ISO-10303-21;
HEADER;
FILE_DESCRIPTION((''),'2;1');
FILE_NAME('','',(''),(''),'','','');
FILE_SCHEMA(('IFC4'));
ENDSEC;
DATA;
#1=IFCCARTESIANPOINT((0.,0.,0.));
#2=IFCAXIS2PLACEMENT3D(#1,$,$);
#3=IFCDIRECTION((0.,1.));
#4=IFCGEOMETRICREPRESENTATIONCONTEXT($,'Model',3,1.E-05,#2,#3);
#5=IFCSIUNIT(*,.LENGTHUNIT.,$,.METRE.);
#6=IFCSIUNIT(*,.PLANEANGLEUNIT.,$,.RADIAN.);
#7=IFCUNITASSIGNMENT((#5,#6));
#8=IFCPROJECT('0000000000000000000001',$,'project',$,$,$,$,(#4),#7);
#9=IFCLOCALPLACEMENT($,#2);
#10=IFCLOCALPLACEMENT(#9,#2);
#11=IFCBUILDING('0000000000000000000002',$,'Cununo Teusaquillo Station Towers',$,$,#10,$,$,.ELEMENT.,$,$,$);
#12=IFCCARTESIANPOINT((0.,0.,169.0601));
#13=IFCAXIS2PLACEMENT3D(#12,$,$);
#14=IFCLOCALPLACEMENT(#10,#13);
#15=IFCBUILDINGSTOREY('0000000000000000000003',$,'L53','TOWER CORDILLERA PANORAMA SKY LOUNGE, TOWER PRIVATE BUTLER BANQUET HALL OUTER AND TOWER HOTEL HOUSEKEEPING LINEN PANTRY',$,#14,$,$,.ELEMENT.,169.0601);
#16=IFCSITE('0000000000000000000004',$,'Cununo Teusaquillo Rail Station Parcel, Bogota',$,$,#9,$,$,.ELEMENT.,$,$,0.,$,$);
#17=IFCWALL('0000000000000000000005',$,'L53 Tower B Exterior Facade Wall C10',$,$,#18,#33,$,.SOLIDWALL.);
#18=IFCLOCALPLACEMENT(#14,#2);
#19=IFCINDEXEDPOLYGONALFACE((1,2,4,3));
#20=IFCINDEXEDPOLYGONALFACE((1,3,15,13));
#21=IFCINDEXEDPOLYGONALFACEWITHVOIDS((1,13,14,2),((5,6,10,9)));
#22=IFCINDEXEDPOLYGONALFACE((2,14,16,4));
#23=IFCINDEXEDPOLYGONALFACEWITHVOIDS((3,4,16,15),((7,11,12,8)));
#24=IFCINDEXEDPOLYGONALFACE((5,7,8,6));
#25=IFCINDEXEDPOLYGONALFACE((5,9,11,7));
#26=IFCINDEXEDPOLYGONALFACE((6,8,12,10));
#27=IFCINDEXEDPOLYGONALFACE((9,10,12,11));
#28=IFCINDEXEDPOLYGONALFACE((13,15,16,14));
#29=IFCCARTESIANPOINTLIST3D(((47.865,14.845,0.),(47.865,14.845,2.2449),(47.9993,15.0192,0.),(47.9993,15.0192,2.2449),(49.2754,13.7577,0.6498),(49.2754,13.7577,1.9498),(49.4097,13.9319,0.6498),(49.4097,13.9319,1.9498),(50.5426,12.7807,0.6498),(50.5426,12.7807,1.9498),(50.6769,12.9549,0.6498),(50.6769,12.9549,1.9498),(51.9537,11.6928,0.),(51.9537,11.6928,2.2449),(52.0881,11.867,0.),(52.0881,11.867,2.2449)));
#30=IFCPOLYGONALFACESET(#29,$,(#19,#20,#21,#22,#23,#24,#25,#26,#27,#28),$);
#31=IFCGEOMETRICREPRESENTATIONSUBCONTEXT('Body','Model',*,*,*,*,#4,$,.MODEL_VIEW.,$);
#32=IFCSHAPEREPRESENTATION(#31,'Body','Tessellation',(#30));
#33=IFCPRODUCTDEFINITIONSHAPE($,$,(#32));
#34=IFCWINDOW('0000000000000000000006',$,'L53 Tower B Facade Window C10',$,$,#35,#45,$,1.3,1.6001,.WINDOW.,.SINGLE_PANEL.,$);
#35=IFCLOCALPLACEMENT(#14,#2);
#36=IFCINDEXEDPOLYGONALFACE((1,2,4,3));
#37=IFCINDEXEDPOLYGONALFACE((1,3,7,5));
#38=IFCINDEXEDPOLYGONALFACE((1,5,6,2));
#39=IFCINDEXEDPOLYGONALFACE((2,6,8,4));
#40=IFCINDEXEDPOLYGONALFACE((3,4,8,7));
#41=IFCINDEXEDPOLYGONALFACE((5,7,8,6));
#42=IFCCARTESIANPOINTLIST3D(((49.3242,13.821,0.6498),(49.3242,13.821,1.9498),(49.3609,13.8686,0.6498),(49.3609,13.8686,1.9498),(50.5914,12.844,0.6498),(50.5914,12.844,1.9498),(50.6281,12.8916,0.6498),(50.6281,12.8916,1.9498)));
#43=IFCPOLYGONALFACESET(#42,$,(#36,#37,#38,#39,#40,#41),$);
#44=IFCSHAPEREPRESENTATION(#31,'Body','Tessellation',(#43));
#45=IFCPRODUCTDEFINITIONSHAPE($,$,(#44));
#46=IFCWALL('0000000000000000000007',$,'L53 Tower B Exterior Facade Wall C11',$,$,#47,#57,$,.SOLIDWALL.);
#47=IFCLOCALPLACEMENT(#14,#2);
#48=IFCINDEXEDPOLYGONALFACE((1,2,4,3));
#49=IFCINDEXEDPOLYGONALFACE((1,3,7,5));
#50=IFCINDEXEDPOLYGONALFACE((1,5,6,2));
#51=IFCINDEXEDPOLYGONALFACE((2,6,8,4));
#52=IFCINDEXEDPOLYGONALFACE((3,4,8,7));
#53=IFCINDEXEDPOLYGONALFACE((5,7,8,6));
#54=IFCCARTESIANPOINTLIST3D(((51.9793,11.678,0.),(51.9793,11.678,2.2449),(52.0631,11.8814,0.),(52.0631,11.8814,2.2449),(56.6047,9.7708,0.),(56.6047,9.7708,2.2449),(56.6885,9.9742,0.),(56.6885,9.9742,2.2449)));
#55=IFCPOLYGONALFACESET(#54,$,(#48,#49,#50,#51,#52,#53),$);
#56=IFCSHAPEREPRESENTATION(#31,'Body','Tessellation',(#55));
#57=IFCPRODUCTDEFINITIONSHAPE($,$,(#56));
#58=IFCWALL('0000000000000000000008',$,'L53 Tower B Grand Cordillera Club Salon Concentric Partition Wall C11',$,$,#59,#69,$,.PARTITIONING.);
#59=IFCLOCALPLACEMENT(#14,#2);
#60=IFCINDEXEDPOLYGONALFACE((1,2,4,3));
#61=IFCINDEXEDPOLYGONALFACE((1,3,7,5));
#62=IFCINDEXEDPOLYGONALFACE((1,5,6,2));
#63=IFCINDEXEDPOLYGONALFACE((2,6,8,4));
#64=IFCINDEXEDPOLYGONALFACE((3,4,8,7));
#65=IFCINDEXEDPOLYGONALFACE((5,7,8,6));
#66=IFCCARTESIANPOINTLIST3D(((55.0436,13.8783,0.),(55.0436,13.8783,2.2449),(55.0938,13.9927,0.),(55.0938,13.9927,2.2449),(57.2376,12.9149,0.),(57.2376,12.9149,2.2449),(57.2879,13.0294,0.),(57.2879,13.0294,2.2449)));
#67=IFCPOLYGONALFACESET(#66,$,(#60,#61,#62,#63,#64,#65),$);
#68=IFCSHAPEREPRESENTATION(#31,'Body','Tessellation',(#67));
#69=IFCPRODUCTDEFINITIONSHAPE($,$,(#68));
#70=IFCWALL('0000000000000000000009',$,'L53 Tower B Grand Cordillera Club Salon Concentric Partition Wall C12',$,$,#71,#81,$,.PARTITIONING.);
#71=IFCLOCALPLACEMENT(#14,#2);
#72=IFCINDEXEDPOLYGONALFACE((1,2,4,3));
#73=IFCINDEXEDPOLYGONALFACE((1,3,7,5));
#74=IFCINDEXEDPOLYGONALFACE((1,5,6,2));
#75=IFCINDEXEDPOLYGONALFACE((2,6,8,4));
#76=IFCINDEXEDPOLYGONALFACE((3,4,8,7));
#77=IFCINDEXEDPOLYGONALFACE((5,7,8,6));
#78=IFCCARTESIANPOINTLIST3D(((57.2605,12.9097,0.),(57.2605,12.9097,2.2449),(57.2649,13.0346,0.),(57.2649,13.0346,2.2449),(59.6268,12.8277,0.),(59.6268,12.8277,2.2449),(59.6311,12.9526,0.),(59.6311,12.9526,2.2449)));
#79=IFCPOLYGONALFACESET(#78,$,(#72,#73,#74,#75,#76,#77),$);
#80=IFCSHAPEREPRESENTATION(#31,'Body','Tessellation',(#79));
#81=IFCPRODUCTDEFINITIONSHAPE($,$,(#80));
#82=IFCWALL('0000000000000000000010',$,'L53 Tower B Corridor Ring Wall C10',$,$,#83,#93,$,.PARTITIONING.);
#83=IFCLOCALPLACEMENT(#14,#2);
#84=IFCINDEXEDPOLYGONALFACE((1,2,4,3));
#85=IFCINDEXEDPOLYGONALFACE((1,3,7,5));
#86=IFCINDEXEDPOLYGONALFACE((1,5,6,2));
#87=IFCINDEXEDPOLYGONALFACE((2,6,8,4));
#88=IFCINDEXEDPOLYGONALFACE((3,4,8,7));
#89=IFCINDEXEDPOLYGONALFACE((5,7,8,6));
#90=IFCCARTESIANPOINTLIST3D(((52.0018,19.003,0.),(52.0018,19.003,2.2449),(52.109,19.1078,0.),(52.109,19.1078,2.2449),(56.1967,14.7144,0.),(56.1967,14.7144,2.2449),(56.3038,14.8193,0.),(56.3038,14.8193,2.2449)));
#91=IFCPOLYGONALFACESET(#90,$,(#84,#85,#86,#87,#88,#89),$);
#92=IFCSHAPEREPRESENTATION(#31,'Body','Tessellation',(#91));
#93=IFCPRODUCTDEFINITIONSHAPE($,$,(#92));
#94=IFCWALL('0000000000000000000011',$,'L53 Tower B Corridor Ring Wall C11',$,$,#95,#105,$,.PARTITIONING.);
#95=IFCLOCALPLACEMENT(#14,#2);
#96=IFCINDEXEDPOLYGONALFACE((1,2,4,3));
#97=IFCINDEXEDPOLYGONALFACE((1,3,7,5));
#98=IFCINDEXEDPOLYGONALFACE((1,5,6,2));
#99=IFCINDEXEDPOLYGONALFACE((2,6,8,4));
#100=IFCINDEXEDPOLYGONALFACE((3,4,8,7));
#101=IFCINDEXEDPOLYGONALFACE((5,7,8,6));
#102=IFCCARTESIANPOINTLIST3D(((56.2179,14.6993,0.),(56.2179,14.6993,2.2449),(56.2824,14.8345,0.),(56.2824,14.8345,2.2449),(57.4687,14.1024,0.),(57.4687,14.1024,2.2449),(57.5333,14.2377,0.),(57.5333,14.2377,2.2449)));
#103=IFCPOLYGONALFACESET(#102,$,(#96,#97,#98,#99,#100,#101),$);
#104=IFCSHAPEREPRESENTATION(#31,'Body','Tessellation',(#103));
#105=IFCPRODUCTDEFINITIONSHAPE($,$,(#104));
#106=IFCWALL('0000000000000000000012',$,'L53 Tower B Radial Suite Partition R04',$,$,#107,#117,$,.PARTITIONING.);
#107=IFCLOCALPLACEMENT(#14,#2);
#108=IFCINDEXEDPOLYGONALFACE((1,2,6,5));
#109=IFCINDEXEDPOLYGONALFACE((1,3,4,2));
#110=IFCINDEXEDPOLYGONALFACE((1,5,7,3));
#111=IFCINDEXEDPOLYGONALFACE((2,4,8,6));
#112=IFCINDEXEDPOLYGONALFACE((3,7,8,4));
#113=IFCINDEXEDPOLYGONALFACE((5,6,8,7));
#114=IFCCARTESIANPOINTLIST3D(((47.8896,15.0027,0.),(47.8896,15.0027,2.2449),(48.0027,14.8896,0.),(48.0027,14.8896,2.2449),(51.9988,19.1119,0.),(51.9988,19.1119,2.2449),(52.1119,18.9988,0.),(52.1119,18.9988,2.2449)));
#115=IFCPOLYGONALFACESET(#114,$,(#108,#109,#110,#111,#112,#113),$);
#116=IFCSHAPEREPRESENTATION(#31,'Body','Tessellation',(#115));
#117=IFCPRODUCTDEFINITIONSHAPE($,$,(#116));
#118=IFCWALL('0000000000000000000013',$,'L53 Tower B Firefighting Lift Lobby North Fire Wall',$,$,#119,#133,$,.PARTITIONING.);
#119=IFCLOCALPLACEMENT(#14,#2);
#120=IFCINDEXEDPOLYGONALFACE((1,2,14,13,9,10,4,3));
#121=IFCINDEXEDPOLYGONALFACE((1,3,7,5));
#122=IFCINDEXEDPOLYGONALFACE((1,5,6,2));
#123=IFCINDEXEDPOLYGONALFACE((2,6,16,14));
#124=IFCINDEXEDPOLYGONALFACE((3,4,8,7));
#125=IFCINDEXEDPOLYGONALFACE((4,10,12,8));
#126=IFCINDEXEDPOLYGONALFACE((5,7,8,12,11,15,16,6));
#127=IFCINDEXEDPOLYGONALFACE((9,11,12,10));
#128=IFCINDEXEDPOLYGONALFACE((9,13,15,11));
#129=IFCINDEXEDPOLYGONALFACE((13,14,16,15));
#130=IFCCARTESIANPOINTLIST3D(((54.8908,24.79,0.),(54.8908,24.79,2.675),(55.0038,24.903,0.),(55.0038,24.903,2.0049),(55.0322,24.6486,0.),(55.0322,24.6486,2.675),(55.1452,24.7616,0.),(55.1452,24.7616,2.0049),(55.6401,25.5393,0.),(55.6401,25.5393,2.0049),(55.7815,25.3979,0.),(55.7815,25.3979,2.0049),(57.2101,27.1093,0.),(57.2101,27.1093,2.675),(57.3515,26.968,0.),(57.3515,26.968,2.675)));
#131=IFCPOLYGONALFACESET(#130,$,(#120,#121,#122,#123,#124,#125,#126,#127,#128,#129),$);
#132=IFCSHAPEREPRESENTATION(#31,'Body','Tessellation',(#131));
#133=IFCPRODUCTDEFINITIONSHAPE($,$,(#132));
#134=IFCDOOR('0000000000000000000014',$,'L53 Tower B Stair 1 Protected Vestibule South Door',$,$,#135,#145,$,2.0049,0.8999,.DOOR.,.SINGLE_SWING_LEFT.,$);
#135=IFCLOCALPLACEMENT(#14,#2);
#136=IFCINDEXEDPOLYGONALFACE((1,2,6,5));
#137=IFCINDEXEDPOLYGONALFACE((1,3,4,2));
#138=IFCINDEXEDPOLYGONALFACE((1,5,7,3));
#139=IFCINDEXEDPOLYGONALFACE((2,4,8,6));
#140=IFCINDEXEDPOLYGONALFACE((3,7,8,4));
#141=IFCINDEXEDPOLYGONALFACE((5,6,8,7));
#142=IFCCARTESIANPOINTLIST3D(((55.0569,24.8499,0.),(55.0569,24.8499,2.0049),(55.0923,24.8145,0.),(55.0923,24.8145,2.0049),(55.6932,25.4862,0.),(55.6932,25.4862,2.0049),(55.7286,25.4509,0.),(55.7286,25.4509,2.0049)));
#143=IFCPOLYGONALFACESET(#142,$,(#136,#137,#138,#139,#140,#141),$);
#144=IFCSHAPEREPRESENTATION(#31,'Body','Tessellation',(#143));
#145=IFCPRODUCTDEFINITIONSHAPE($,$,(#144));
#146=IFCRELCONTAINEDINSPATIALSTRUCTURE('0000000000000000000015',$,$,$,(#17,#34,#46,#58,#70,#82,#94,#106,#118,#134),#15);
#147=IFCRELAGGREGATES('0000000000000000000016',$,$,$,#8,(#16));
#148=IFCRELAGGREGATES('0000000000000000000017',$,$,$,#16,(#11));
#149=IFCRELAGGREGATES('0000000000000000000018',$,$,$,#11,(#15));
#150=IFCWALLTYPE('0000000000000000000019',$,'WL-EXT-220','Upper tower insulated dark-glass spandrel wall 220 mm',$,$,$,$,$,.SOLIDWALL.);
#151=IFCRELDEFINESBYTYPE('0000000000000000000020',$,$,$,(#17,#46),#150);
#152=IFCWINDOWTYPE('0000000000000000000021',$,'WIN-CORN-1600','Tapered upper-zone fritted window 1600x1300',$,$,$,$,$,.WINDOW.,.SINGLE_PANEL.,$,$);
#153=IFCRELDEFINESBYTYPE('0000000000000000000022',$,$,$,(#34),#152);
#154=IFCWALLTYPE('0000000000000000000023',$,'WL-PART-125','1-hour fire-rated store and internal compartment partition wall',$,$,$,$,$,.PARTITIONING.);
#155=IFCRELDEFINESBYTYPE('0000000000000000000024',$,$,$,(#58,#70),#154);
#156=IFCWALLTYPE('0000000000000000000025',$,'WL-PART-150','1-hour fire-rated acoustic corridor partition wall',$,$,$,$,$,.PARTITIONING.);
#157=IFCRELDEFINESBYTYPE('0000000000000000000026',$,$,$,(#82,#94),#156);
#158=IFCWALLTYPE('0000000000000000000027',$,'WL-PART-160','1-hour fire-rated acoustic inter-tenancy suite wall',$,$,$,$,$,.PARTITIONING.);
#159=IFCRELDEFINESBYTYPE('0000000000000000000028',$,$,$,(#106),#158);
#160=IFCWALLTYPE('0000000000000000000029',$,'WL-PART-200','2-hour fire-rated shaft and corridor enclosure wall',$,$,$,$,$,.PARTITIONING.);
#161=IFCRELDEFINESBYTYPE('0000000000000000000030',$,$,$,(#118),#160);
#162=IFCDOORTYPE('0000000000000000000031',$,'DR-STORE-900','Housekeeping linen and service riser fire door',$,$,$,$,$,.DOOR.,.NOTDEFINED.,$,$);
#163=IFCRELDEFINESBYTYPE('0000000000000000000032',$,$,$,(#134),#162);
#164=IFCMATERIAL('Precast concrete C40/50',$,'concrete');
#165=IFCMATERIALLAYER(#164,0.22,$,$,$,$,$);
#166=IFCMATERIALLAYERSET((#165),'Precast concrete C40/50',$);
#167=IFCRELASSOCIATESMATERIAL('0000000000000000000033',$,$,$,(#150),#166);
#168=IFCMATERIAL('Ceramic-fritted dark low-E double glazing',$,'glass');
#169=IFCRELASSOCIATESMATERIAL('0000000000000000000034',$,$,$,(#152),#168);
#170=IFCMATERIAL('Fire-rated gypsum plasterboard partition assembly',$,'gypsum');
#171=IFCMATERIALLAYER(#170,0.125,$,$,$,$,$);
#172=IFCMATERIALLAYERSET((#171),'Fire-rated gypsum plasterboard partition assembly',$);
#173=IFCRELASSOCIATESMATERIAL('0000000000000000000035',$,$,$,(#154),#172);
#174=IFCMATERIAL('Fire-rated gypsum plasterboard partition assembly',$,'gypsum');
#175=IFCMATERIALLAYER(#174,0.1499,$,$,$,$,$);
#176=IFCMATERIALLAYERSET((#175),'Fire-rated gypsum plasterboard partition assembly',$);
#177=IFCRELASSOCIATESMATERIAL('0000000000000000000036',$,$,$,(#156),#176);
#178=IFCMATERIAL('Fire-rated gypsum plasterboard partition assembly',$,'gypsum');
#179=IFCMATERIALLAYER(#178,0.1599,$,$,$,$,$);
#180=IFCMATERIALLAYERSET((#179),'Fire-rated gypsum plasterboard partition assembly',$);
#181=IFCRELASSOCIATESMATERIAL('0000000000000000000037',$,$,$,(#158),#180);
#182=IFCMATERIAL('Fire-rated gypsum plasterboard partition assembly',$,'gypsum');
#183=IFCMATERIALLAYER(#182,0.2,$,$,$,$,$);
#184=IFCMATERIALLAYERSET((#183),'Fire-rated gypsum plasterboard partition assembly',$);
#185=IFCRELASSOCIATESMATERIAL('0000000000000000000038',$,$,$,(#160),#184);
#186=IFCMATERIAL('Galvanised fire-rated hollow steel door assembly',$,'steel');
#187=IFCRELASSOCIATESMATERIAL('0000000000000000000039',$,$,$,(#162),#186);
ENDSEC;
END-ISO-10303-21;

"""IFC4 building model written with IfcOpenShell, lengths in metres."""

from ifc_helpers import new_model, si_unit, direction, frame, frame_2d, origin, place, context, subcontext, project, spatial, rectangle, extrude, source, transform, mapped, material, layer, layer_set, type_object, element, fill, save


model = new_model("IFC4")

# Units and contexts
model_context = context("Model", 3, precision=1e-05, world=origin(), true_north=direction((0.0, 1.0)))
body_context = subcontext(model_context, "Body", "Model", "MODEL_VIEW")
ifc_project = project(units=[si_unit("LENGTHUNIT", "METRE"), si_unit("PLANEANGLEUNIT", "RADIAN")], contexts=[model_context])

# Site, building, storey
site_placement = place(None, origin())
site = spatial("IfcSite", under=ifc_project, at=site_placement, Name="Cununo Teusaquillo Rail Station Parcel, Bogota", CompositionType="ELEMENT", RefElevation=0.0)
building_placement = place(site_placement, origin())
building = spatial("IfcBuilding", under=site, at=building_placement, Name="Cununo Teusaquillo Station Towers", CompositionType="ELEMENT")
storey_placement = place(building_placement, frame((0.0, 0.0, 169.0601)))
storey = spatial("IfcBuildingStorey", under=building, at=storey_placement, Name="L53", Description="TOWER CORDILLERA PANORAMA SKY LOUNGE, TOWER PRIVATE BUTLER BANQUET HALL OUTER AND TOWER HOTEL HOUSEKEEPING LINEN PANTRY", CompositionType="ELEMENT", Elevation=169.0601)

# Wall, opening, window
ifc_material_1 = material(Name="Precast concrete C40/50", Category="concrete")
ifc_layer_1 = layer(ifc_material_1, 0.22)
ifc_layer_set_1 = layer_set([ifc_layer_1], Name="Precast concrete C40/50")
wall_type_1 = type_object("IfcWallType", Name="WL-EXT-220", Description="Upper tower insulated dark-glass spandrel wall 220 mm", PredefinedType="SOLIDWALL", material=ifc_layer_set_1)
wall_1_placement = place(storey_placement, frame((52.021, 11.7798, 0.0), z_axis=(0.0, 0.0, 1.0), x_axis=(-0.791963, 0.61057, 0.0)))
wall_1 = element("IfcWall", 1, at=wall_1_placement, inside=storey, type_object=wall_type_1, Name="L53 Tower B Exterior Facade Wall C10", PredefinedType="SOLIDWALL", context=body_context, shape_type="SweptSolid", body=[
    extrude(rectangle(XDim=5.1628, YDim=0.22, at=frame_2d((2.5815, 0.0))), origin(), (0.0, 0.0, 1.0), 2.2449),
])
shared_shape_1 = source(origin(), body_context, "Body", "SweptSolid", [
    extrude(rectangle(XDim=1.6001, YDim=1.3, at=frame_2d((0.8, 0.6499))), frame((0.0, 0.1199, 0.0), z_axis=(0.0, -1.0, 0.0), x_axis=(1.0, 0.0, 0.0)), (0.0, 0.0, 1.0), 0.24),
])
opening_1_placement = place(wall_1_placement, frame((1.782, 0.0, 0.6499)))
opening_1 = element("IfcOpeningElement", 2, at=opening_1_placement, cuts=wall_1, PredefinedType="OPENING", context=body_context, shape_type="MappedRepresentation", body=[
    mapped(shared_shape_1, transform((0.0, 0.0, 0.0), x_axis=(1.0, 0.0, 0.0), y_axis=(0.0, 1.0, 0.0), z_axis=(0.0, 0.0, 1.0), scale=1.0)),
])
ifc_material_2 = material(Name="Ceramic-fritted dark low-E double glazing", Category="glass")
window_type = type_object("IfcWindowType", Name="WIN-CORN-1600", Description="Tapered upper-zone fritted window 1600x1300", PartitioningType="SINGLE_PANEL", PredefinedType="WINDOW", material=ifc_material_2)
shared_shape_2 = source(origin(), body_context, "Body", "SweptSolid", [
    extrude(rectangle(XDim=1.6001, YDim=1.3, at=frame_2d((0.8, 0.6499))), frame((0.0, 0.03, 0.0), z_axis=(0.0, -1.0, 0.0), x_axis=(1.0, 0.0, 0.0)), (0.0, 0.0, 1.0), 0.0601),
])
window_placement = place(opening_1_placement, origin())
window = element("IfcWindow", 3, at=window_placement, inside=storey, type_object=window_type, Name="L53 Tower B Facade Window C10", OverallHeight=1.3, OverallWidth=1.6001, PartitioningType="SINGLE_PANEL", PredefinedType="WINDOW", context=body_context, shape_type="MappedRepresentation", body=[
    mapped(shared_shape_2, transform((0.0, 0.0, 0.0), x_axis=(1.0, 0.0, 0.0), y_axis=(0.0, 1.0, 0.0), z_axis=(0.0, 0.0, 1.0), scale=1.0)),
])
fill(opening_1, window)

# Walls
wall_2_placement = place(storey_placement, frame((56.6465, 9.8726, 0.0), z_axis=(0.0, 0.0, 1.0), x_axis=(-0.924494, 0.381196, 0.0)))
element("IfcWall", 4, at=wall_2_placement, inside=storey, type_object=wall_type_1, Name="L53 Tower B Exterior Facade Wall C11", PredefinedType="SOLIDWALL", context=body_context, shape_type="SweptSolid", body=[
    extrude(rectangle(XDim=5.0032, YDim=0.22, at=frame_2d((2.5015, 0.0))), origin(), (0.0, 0.0, 1.0), 2.2449),
])
ifc_material_3 = material(Name="Fire-rated gypsum plasterboard partition assembly", Category="gypsum")
ifc_layer_2 = layer(ifc_material_3, 0.125)
ifc_layer_set_2 = layer_set([ifc_layer_2], Name="Fire-rated gypsum plasterboard partition assembly")
wall_type_2 = type_object("IfcWallType", Name="WL-PART-125", Description="1-hour fire-rated store and internal compartment partition wall", PredefinedType="PARTITIONING", material=ifc_layer_set_2)
wall_3_placement = place(storey_placement, frame((55.0686, 13.9355, 0.0), z_axis=(0.0, 0.0, 1.0), x_axis=(0.915626, -0.402032, 0.0)))
element("IfcWall", 5, at=wall_3_placement, inside=storey, type_object=wall_type_2, Name="L53 Tower B Grand Cordillera Club Salon Concentric Partition Wall C11", PredefinedType="PARTITIONING", context=body_context, shape_type="SweptSolid", body=[
    extrude(rectangle(XDim=2.3962, YDim=0.125, at=frame_2d((1.1982, 0.0))), origin(), (0.0, 0.0, 1.0), 2.2449),
])
wall_4_placement = place(storey_placement, frame((57.2627, 12.9722, 0.0), z_axis=(0.0, 0.0, 1.0), x_axis=(0.9994, -0.034647, 0.0)))
element("IfcWall", 6, at=wall_4_placement, inside=storey, type_object=wall_type_2, Name="L53 Tower B Grand Cordillera Club Salon Concentric Partition Wall C12", PredefinedType="PARTITIONING", context=body_context, shape_type="SweptSolid", body=[
    extrude(rectangle(XDim=2.3677, YDim=0.125, at=frame_2d((1.1838, 0.0))), origin(), (0.0, 0.0, 1.0), 2.2449),
])
ifc_material_4 = material(Name="Fire-rated gypsum plasterboard partition assembly", Category="gypsum")
ifc_layer_3 = layer(ifc_material_4, 0.1499)
ifc_layer_set_3 = layer_set([ifc_layer_3], Name="Fire-rated gypsum plasterboard partition assembly")
wall_type_3 = type_object("IfcWallType", Name="WL-PART-150", Description="1-hour fire-rated acoustic corridor partition wall", PredefinedType="PARTITIONING", material=ifc_layer_set_3)
wall_5_placement = place(storey_placement, frame((52.0554, 19.0554, 0.0), z_axis=(0.0, 0.0, 1.0), x_axis=(0.69925, -0.714877, 0.0)))
element("IfcWall", 7, at=wall_5_placement, inside=storey, type_object=wall_type_3, Name="L53 Tower B Corridor Ring Wall C10", PredefinedType="PARTITIONING", context=body_context, shape_type="SweptSolid", body=[
    extrude(rectangle(XDim=5.999, YDim=0.1499, at=frame_2d((2.9995, 0.0))), origin(), (0.0, 0.0, 1.0), 2.2449),
])
wall_6_placement = place(storey_placement, frame((56.2502, 14.7668, 0.0), z_axis=(0.0, 0.0, 1.0), x_axis=(0.902518, -0.430651, 0.0)))
element("IfcWall", 8, at=wall_6_placement, inside=storey, type_object=wall_type_3, Name="L53 Tower B Corridor Ring Wall C11", PredefinedType="PARTITIONING", context=body_context, shape_type="SweptSolid", body=[
    extrude(rectangle(XDim=1.386, YDim=0.1499, at=frame_2d((0.6929, 0.0))), origin(), (0.0, 0.0, 1.0), 2.2449),
])
ifc_material_5 = material(Name="Fire-rated gypsum plasterboard partition assembly", Category="gypsum")
ifc_layer_4 = layer(ifc_material_5, 0.1599)
ifc_layer_set_4 = layer_set([ifc_layer_4], Name="Fire-rated gypsum plasterboard partition assembly")
wall_type_4 = type_object("IfcWallType", Name="WL-PART-160", Description="1-hour fire-rated acoustic inter-tenancy suite wall", PredefinedType="PARTITIONING", material=ifc_layer_set_4)
wall_7_placement = place(storey_placement, frame((52.0554, 19.0554, 0.0), z_axis=(0.0, 0.0, 1.0), x_axis=(-0.707107, -0.707107, 0.0)))
element("IfcWall", 9, at=wall_7_placement, inside=storey, type_object=wall_type_4, Name="L53 Tower B Radial Suite Partition R04", PredefinedType="PARTITIONING", context=body_context, shape_type="SweptSolid", body=[
    extrude(rectangle(XDim=5.8113, YDim=0.1599, at=frame_2d((2.9058, 0.0))), origin(), (0.0, 0.0, 1.0), 2.2449),
])

# Wall, opening, door
ifc_material_6 = material(Name="Fire-rated gypsum plasterboard partition assembly", Category="gypsum")
ifc_layer_5 = layer(ifc_material_6, 0.2)
ifc_layer_set_5 = layer_set([ifc_layer_5], Name="Fire-rated gypsum plasterboard partition assembly")
wall_type_5 = type_object("IfcWallType", Name="WL-PART-200", Description="2-hour fire-rated shaft and corridor enclosure wall", PredefinedType="PARTITIONING", material=ifc_layer_set_5)
wall_8_placement = place(storey_placement, frame((54.9614, 24.7192, 0.0), z_axis=(0.0, 0.0, 1.0), x_axis=(0.707107, 0.707107, 0.0)))
wall_8 = element("IfcWall", 10, at=wall_8_placement, inside=storey, type_object=wall_type_5, Name="L53 Tower B Firefighting Lift Lobby North Fire Wall", PredefinedType="PARTITIONING", context=body_context, shape_type="SweptSolid", body=[
    extrude(rectangle(XDim=3.28, YDim=0.2, at=frame_2d((1.6401, 0.0))), origin(), (0.0, 0.0, 1.0), 2.675),
])
shared_shape_3 = source(origin(), body_context, "Body", "SweptSolid", [
    extrude(rectangle(XDim=0.8999, YDim=2.0049, at=frame_2d((0.45, 1.0024))), frame((0.0, 0.1099, 0.0), z_axis=(0.0, -1.0, 0.0), x_axis=(1.0, 0.0, 0.0)), (0.0, 0.0, 1.0), 0.22),
])
opening_2_placement = place(wall_8_placement, frame((0.1599, 0.0, 0.0)))
opening_2 = element("IfcOpeningElement", 11, at=opening_2_placement, cuts=wall_8, PredefinedType="OPENING", context=body_context, shape_type="MappedRepresentation", body=[
    mapped(shared_shape_3, transform((0.0, 0.0, 0.0), x_axis=(1.0, 0.0, 0.0), y_axis=(0.0, 1.0, 0.0), z_axis=(0.0, 0.0, 1.0), scale=1.0)),
])
ifc_material_7 = material(Name="Galvanised fire-rated hollow steel door assembly", Category="steel")
door_type = type_object("IfcDoorType", Name="DR-STORE-900", Description="Housekeeping linen and service riser fire door", OperationType="NOTDEFINED", PredefinedType="DOOR", material=ifc_material_7)
shared_shape_4 = source(origin(), body_context, "Body", "SweptSolid", [
    extrude(rectangle(XDim=0.8999, YDim=2.0049, at=frame_2d((0.45, 1.0024))), frame((0.0, 0.0249, 0.0), z_axis=(0.0, -1.0, 0.0), x_axis=(1.0, 0.0, 0.0)), (0.0, 0.0, 1.0), 0.05),
])
door_1_placement = place(opening_2_placement, origin())
door_1 = element("IfcDoor", 12, at=door_1_placement, inside=storey, type_object=door_type, Name="L53 Tower B Stair 1 Protected Vestibule South Door", OperationType="SINGLE_SWING_LEFT", OverallHeight=2.0049, OverallWidth=0.8999, PredefinedType="DOOR", context=body_context, shape_type="MappedRepresentation", body=[
    mapped(shared_shape_4, transform((0.0, 0.0, 0.0), x_axis=(1.0, 0.0, 0.0), y_axis=(0.0, 1.0, 0.0), z_axis=(0.0, 0.0, 1.0), scale=1.0)),
])
fill(opening_2, door_1)

save(model, "model.ifc")
